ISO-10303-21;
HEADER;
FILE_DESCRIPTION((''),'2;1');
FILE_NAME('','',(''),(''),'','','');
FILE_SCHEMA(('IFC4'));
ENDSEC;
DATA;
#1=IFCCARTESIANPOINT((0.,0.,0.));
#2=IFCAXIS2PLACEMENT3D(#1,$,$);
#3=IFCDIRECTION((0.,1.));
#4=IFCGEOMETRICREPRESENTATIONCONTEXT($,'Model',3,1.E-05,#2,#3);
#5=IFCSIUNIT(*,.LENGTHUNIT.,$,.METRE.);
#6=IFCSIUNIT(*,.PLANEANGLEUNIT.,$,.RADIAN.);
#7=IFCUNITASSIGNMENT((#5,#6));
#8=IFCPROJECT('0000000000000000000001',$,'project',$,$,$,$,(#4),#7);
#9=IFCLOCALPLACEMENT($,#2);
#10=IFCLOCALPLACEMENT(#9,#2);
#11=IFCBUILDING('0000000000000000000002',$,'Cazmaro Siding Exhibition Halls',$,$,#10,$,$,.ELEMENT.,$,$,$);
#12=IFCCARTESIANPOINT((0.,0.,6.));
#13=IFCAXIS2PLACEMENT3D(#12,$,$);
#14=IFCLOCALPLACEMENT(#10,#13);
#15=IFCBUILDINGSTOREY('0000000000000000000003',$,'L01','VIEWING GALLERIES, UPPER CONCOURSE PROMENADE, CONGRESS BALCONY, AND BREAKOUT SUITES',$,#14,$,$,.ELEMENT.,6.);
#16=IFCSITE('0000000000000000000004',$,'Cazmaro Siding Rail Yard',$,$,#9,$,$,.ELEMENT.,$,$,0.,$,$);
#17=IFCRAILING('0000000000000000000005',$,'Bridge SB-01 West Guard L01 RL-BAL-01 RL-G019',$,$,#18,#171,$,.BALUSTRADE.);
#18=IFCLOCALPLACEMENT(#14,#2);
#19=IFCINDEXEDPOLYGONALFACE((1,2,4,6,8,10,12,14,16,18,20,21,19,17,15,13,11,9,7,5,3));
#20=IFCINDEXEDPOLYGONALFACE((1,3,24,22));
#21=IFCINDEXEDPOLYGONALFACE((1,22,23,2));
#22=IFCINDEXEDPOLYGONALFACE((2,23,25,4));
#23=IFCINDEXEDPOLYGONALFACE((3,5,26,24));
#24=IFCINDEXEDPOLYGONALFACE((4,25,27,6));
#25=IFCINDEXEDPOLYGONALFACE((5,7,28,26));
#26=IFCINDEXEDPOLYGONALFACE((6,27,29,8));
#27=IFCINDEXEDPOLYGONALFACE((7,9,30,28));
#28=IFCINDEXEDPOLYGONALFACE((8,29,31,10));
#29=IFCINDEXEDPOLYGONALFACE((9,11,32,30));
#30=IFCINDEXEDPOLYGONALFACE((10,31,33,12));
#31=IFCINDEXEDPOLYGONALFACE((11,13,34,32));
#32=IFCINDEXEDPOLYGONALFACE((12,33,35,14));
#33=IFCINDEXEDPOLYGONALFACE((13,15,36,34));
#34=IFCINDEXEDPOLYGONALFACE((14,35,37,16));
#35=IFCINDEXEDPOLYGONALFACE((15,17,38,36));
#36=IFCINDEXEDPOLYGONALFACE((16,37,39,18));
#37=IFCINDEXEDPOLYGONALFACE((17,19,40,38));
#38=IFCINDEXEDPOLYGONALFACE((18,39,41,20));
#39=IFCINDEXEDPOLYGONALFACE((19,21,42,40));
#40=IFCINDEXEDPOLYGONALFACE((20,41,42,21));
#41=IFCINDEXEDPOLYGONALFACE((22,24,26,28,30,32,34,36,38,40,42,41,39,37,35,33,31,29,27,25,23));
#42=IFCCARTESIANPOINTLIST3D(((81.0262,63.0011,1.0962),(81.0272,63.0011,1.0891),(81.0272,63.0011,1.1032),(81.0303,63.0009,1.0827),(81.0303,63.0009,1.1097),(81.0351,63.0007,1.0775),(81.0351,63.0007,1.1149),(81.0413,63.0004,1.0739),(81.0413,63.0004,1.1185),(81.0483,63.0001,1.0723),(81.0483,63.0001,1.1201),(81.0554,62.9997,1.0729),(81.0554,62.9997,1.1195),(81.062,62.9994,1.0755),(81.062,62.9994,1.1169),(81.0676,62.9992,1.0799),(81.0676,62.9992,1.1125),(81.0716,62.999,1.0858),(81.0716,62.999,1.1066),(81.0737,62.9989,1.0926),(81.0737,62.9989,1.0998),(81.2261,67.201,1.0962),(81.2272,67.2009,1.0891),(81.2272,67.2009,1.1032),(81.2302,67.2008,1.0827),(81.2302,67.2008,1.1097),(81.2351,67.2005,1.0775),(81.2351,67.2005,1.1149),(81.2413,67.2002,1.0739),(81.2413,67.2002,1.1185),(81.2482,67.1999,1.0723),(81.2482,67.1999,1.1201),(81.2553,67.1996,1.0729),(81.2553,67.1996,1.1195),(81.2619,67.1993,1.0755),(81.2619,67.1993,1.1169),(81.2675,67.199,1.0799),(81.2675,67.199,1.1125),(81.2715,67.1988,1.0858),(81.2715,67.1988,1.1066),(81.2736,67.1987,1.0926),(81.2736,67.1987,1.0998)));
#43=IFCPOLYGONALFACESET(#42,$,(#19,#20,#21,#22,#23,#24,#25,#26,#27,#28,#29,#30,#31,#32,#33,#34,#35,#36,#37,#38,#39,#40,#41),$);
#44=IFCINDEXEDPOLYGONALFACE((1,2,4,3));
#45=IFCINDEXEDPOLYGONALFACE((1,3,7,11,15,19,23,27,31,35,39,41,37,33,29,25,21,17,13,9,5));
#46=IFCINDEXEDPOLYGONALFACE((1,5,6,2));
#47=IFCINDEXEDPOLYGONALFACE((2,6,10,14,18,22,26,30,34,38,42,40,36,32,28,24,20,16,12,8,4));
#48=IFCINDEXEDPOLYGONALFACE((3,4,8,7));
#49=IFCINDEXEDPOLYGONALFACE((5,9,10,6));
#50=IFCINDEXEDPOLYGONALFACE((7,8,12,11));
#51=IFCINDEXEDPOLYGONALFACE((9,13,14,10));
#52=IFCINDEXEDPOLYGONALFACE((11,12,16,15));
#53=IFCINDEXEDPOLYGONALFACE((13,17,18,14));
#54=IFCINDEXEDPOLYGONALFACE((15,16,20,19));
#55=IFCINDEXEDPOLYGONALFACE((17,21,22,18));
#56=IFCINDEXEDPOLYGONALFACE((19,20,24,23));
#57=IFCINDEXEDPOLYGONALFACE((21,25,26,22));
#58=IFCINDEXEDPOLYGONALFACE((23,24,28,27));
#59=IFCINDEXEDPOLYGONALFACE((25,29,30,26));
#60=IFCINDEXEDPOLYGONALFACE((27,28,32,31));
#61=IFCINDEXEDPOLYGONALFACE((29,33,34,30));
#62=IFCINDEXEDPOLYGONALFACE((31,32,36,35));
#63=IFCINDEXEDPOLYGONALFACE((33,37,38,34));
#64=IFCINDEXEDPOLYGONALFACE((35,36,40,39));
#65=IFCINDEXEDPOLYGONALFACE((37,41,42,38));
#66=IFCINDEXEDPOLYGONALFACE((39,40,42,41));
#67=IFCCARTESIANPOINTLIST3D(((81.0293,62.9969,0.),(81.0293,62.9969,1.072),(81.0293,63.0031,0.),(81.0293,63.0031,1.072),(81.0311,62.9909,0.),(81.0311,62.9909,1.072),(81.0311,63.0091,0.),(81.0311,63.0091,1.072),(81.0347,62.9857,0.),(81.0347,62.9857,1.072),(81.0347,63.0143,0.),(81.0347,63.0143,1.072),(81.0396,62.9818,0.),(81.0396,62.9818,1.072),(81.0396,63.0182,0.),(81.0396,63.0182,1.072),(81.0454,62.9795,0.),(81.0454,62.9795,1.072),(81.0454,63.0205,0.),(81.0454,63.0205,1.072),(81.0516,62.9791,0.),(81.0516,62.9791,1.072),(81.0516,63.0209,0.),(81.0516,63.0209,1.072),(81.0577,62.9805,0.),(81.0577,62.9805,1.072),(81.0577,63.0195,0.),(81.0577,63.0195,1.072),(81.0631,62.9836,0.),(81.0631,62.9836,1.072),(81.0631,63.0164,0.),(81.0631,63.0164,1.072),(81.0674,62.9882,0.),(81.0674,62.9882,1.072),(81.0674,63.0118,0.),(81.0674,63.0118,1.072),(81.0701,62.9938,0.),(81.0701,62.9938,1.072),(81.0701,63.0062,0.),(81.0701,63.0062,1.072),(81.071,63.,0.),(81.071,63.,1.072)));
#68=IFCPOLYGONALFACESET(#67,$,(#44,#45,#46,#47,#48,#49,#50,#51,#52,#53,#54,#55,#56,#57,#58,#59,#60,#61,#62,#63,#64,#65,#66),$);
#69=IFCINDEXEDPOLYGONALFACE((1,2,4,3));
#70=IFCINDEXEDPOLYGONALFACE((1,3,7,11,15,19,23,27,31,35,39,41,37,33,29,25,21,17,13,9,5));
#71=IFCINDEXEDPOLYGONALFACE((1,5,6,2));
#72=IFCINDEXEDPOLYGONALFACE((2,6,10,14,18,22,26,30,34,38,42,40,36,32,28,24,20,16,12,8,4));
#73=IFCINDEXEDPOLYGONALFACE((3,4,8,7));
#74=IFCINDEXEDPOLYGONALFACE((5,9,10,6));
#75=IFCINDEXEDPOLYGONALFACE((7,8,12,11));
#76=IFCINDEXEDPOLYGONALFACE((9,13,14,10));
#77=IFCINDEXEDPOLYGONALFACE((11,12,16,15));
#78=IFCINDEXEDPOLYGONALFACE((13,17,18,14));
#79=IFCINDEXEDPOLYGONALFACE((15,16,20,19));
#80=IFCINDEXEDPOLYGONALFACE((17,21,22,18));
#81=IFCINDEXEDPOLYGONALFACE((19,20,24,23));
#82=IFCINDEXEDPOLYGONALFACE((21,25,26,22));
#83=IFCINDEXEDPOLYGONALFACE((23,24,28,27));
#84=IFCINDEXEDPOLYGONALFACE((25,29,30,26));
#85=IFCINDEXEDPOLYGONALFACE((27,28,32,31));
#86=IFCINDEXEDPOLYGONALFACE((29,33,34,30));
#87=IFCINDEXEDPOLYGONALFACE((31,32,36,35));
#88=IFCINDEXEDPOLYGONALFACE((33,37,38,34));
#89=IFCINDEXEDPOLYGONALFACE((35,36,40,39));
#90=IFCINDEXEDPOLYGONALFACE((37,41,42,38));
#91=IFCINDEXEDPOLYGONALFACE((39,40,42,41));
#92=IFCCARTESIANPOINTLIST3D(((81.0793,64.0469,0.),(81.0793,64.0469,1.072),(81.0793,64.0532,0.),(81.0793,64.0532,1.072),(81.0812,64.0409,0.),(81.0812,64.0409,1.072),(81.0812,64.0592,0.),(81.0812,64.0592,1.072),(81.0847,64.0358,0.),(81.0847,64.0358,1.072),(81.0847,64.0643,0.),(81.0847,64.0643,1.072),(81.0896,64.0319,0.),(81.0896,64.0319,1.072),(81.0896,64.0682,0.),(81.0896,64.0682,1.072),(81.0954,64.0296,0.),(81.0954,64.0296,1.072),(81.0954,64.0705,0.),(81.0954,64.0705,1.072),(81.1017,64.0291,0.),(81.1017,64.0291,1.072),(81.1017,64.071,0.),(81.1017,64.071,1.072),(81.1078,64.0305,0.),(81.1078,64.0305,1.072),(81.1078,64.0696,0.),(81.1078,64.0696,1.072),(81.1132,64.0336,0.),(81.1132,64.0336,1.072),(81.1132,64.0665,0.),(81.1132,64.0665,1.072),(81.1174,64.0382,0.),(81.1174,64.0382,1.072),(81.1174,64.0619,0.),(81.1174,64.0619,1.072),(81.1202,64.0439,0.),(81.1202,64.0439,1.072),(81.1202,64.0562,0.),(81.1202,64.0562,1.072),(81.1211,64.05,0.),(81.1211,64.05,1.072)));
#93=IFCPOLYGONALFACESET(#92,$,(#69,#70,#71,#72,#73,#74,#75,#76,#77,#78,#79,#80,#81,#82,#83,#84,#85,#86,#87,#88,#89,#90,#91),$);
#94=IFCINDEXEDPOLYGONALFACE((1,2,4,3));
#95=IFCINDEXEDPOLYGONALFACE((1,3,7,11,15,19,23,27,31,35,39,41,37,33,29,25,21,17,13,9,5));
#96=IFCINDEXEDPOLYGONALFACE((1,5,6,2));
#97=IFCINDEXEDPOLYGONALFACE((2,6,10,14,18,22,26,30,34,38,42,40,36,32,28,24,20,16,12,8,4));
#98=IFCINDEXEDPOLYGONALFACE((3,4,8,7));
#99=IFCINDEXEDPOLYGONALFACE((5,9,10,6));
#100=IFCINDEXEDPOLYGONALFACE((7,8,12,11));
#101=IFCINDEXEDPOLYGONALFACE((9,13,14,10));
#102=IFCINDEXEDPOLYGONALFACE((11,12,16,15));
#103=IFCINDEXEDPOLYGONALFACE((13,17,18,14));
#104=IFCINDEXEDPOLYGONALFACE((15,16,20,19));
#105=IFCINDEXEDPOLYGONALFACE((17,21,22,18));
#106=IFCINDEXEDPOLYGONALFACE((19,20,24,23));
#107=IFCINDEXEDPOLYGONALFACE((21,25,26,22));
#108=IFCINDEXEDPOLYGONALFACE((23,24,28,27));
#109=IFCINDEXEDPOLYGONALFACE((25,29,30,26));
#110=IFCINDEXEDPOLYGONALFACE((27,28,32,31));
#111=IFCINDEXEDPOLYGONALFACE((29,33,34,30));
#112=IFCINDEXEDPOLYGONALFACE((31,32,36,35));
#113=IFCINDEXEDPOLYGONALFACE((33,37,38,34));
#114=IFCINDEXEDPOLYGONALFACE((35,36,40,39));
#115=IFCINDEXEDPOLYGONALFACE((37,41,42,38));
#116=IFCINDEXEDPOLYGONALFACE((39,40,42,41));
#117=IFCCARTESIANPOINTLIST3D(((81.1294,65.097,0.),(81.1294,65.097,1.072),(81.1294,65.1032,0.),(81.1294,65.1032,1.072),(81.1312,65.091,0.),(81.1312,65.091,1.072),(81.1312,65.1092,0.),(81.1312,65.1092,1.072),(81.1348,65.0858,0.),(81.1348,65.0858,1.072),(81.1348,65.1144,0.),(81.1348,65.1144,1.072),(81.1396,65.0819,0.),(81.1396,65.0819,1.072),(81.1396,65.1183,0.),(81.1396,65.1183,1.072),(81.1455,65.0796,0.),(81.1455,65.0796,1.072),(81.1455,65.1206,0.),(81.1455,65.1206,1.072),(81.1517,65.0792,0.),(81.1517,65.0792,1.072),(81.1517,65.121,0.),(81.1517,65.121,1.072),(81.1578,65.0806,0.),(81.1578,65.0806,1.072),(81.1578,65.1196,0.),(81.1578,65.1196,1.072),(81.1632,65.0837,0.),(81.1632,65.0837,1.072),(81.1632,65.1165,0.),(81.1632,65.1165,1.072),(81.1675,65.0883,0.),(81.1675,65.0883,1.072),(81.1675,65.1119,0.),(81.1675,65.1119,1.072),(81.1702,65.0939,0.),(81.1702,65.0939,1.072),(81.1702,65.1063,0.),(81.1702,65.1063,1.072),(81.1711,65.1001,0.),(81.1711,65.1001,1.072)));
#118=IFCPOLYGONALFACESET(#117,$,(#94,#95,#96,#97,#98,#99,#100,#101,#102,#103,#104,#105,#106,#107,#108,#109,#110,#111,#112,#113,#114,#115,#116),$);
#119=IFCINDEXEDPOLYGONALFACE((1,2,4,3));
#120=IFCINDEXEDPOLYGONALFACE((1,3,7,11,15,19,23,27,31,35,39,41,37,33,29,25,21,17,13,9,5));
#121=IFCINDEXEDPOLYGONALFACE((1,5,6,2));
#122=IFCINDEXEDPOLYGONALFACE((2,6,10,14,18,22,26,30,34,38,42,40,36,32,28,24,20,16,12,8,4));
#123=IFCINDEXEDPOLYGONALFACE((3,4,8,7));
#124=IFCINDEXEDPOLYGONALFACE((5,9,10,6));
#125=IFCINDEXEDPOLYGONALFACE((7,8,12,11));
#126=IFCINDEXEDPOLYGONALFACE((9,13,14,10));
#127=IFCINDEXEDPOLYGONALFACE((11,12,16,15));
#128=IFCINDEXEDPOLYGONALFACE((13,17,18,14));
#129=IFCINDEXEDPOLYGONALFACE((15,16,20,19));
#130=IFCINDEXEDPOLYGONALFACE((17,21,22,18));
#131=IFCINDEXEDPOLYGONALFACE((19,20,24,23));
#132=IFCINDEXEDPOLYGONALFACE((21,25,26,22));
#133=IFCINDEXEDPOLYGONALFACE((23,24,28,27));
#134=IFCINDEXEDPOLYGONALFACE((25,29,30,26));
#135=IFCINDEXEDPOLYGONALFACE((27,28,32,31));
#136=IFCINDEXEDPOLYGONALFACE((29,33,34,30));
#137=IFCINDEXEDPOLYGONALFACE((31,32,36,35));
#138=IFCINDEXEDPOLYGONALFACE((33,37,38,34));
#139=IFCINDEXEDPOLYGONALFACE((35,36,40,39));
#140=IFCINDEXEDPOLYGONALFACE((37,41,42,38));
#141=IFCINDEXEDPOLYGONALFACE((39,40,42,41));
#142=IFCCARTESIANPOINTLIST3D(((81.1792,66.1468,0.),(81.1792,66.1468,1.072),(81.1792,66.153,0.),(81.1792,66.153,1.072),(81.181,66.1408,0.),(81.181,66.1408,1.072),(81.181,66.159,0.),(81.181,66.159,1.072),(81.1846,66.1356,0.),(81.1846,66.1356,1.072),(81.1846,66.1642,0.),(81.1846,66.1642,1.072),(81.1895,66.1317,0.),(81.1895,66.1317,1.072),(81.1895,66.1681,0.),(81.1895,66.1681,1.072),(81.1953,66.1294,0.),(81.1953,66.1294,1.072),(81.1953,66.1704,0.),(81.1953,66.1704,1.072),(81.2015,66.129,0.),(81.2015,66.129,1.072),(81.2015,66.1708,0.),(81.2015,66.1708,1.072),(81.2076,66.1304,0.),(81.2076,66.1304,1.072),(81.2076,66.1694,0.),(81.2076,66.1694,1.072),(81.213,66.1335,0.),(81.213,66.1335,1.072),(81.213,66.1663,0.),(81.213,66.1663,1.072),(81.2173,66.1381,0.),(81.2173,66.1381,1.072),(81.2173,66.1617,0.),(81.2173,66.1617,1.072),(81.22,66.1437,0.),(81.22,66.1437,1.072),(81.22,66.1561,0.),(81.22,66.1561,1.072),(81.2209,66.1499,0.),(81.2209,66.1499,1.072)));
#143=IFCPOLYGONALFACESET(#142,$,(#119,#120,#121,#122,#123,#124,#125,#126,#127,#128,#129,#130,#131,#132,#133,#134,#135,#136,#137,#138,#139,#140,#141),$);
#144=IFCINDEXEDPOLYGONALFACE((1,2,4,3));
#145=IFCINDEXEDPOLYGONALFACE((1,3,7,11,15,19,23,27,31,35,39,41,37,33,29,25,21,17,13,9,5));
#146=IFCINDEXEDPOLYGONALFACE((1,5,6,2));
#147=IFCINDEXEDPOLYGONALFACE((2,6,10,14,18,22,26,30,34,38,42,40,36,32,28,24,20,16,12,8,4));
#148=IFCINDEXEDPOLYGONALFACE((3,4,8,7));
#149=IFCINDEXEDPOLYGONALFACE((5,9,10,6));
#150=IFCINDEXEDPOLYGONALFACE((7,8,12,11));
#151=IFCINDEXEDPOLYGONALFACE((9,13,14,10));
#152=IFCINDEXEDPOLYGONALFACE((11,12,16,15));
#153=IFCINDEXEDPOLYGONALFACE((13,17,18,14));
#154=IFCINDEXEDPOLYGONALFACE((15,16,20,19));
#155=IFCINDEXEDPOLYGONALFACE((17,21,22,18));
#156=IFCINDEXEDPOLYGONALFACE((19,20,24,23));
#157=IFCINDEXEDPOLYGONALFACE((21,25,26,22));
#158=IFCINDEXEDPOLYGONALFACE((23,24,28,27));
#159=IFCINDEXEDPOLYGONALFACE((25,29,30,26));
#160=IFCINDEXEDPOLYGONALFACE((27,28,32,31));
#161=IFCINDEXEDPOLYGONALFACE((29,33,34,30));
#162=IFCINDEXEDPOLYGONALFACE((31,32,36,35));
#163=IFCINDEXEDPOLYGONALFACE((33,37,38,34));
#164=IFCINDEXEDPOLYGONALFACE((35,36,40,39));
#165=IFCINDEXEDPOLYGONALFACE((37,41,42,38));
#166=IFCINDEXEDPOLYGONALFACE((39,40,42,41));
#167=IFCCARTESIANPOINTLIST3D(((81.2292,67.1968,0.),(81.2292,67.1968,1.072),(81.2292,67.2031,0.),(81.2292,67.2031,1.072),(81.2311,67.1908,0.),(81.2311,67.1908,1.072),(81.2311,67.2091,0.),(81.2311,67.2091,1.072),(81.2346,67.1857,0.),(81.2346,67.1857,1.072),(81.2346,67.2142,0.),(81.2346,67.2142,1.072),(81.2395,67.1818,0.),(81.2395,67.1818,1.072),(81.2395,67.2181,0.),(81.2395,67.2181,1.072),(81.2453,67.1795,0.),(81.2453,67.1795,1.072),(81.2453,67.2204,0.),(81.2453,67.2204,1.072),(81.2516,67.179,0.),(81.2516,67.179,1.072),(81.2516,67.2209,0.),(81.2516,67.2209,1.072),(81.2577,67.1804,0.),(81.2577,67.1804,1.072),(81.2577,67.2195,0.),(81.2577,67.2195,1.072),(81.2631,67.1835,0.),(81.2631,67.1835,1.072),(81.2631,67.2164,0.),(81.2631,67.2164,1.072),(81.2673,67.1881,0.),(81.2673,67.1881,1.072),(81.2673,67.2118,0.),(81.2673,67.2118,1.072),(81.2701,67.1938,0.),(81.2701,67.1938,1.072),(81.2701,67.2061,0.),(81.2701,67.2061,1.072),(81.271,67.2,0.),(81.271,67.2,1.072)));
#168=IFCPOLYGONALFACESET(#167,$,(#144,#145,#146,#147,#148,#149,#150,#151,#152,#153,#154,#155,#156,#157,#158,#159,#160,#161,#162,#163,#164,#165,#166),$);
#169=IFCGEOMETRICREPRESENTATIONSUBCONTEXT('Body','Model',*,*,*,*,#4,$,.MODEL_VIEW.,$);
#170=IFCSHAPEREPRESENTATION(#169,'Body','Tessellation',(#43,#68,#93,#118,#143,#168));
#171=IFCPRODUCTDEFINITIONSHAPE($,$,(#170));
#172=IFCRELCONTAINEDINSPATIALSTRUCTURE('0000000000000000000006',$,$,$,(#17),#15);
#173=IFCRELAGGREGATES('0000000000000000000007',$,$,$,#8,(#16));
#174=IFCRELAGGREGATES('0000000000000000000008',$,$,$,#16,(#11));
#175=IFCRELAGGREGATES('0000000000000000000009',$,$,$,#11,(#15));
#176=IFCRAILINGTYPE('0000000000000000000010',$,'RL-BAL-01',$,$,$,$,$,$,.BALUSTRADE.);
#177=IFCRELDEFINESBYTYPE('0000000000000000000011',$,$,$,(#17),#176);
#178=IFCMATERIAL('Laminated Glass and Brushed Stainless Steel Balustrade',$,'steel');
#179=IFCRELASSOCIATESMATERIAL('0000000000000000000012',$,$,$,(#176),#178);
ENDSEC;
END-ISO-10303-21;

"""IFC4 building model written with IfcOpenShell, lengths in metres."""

from ifc_helpers import new_model, si_unit, direction, frame, origin, origin_2d, place, context, subcontext, project, spatial, circle, extrude, material, type_object, element, save


model = new_model("IFC4")

# Units and contexts
model_context = context("Model", 3, precision=1e-05, world=origin(), true_north=direction((0.0, 1.0)))
body_context = subcontext(model_context, "Body", "Model", "MODEL_VIEW")
ifc_project = project(units=[si_unit("LENGTHUNIT", "METRE"), si_unit("PLANEANGLEUNIT", "RADIAN")], contexts=[model_context])

# Site, building, storey
site_placement = place(None, origin())
site = spatial("IfcSite", under=ifc_project, at=site_placement, Name="Cazmaro Siding Rail Yard", CompositionType="ELEMENT", RefElevation=0.0)
building_placement = place(site_placement, origin())
building = spatial("IfcBuilding", under=site, at=building_placement, Name="Cazmaro Siding Exhibition Halls", CompositionType="ELEMENT")
storey_placement = place(building_placement, frame((0.0, 0.0, 6.0)))
storey = spatial("IfcBuildingStorey", under=building, at=storey_placement, Name="L01", Description="VIEWING GALLERIES, UPPER CONCOURSE PROMENADE, CONGRESS BALCONY, AND BREAKOUT SUITES", CompositionType="ELEMENT", Elevation=6.0)

# Railing
ifc_material_1 = material(Name="Laminated Glass and Brushed Stainless Steel Balustrade", Category="steel")
railing_type = type_object("IfcRailingType", Name="RL-BAL-01", PredefinedType="BALUSTRADE", material=ifc_material_1)
railing_placement = place(storey_placement, frame((81.05, 63.0, 0.0)))
element("IfcRailing", 1, at=railing_placement, inside=storey, type_object=railing_type, Name="Bridge SB-01 West Guard L01 RL-BAL-01 RL-G019", PredefinedType="BALUSTRADE", context=body_context, shape_type="SweptSolid", body=[
    extrude(circle(Radius=0.0239, at=origin_2d()), frame((0.0, 0.0, 1.0962), z_axis=(0.047554, 0.998869, 0.0), x_axis=(-0.998869, 0.047554, 0.0)), (0.0, 0.0, 1.0), 4.2046),
    extrude(circle(Radius=0.021, at=origin_2d()), origin(), (0.0, 0.0, 1.0), 1.072),
    extrude(circle(Radius=0.021, at=origin_2d()), frame((0.05, 1.05, 0.0)), (0.0, 0.0, 1.0), 1.072),
    extrude(circle(Radius=0.021, at=origin_2d()), frame((0.1001, 2.1001, 0.0)), (0.0, 0.0, 1.0), 1.072),
    extrude(circle(Radius=0.021, at=origin_2d()), frame((0.1499, 3.1499, 0.0)), (0.0, 0.0, 1.0), 1.072),
    extrude(circle(Radius=0.021, at=origin_2d()), frame((0.2, 4.2, 0.0)), (0.0, 0.0, 1.0), 1.072),
])

save(model, "model.ifc")
